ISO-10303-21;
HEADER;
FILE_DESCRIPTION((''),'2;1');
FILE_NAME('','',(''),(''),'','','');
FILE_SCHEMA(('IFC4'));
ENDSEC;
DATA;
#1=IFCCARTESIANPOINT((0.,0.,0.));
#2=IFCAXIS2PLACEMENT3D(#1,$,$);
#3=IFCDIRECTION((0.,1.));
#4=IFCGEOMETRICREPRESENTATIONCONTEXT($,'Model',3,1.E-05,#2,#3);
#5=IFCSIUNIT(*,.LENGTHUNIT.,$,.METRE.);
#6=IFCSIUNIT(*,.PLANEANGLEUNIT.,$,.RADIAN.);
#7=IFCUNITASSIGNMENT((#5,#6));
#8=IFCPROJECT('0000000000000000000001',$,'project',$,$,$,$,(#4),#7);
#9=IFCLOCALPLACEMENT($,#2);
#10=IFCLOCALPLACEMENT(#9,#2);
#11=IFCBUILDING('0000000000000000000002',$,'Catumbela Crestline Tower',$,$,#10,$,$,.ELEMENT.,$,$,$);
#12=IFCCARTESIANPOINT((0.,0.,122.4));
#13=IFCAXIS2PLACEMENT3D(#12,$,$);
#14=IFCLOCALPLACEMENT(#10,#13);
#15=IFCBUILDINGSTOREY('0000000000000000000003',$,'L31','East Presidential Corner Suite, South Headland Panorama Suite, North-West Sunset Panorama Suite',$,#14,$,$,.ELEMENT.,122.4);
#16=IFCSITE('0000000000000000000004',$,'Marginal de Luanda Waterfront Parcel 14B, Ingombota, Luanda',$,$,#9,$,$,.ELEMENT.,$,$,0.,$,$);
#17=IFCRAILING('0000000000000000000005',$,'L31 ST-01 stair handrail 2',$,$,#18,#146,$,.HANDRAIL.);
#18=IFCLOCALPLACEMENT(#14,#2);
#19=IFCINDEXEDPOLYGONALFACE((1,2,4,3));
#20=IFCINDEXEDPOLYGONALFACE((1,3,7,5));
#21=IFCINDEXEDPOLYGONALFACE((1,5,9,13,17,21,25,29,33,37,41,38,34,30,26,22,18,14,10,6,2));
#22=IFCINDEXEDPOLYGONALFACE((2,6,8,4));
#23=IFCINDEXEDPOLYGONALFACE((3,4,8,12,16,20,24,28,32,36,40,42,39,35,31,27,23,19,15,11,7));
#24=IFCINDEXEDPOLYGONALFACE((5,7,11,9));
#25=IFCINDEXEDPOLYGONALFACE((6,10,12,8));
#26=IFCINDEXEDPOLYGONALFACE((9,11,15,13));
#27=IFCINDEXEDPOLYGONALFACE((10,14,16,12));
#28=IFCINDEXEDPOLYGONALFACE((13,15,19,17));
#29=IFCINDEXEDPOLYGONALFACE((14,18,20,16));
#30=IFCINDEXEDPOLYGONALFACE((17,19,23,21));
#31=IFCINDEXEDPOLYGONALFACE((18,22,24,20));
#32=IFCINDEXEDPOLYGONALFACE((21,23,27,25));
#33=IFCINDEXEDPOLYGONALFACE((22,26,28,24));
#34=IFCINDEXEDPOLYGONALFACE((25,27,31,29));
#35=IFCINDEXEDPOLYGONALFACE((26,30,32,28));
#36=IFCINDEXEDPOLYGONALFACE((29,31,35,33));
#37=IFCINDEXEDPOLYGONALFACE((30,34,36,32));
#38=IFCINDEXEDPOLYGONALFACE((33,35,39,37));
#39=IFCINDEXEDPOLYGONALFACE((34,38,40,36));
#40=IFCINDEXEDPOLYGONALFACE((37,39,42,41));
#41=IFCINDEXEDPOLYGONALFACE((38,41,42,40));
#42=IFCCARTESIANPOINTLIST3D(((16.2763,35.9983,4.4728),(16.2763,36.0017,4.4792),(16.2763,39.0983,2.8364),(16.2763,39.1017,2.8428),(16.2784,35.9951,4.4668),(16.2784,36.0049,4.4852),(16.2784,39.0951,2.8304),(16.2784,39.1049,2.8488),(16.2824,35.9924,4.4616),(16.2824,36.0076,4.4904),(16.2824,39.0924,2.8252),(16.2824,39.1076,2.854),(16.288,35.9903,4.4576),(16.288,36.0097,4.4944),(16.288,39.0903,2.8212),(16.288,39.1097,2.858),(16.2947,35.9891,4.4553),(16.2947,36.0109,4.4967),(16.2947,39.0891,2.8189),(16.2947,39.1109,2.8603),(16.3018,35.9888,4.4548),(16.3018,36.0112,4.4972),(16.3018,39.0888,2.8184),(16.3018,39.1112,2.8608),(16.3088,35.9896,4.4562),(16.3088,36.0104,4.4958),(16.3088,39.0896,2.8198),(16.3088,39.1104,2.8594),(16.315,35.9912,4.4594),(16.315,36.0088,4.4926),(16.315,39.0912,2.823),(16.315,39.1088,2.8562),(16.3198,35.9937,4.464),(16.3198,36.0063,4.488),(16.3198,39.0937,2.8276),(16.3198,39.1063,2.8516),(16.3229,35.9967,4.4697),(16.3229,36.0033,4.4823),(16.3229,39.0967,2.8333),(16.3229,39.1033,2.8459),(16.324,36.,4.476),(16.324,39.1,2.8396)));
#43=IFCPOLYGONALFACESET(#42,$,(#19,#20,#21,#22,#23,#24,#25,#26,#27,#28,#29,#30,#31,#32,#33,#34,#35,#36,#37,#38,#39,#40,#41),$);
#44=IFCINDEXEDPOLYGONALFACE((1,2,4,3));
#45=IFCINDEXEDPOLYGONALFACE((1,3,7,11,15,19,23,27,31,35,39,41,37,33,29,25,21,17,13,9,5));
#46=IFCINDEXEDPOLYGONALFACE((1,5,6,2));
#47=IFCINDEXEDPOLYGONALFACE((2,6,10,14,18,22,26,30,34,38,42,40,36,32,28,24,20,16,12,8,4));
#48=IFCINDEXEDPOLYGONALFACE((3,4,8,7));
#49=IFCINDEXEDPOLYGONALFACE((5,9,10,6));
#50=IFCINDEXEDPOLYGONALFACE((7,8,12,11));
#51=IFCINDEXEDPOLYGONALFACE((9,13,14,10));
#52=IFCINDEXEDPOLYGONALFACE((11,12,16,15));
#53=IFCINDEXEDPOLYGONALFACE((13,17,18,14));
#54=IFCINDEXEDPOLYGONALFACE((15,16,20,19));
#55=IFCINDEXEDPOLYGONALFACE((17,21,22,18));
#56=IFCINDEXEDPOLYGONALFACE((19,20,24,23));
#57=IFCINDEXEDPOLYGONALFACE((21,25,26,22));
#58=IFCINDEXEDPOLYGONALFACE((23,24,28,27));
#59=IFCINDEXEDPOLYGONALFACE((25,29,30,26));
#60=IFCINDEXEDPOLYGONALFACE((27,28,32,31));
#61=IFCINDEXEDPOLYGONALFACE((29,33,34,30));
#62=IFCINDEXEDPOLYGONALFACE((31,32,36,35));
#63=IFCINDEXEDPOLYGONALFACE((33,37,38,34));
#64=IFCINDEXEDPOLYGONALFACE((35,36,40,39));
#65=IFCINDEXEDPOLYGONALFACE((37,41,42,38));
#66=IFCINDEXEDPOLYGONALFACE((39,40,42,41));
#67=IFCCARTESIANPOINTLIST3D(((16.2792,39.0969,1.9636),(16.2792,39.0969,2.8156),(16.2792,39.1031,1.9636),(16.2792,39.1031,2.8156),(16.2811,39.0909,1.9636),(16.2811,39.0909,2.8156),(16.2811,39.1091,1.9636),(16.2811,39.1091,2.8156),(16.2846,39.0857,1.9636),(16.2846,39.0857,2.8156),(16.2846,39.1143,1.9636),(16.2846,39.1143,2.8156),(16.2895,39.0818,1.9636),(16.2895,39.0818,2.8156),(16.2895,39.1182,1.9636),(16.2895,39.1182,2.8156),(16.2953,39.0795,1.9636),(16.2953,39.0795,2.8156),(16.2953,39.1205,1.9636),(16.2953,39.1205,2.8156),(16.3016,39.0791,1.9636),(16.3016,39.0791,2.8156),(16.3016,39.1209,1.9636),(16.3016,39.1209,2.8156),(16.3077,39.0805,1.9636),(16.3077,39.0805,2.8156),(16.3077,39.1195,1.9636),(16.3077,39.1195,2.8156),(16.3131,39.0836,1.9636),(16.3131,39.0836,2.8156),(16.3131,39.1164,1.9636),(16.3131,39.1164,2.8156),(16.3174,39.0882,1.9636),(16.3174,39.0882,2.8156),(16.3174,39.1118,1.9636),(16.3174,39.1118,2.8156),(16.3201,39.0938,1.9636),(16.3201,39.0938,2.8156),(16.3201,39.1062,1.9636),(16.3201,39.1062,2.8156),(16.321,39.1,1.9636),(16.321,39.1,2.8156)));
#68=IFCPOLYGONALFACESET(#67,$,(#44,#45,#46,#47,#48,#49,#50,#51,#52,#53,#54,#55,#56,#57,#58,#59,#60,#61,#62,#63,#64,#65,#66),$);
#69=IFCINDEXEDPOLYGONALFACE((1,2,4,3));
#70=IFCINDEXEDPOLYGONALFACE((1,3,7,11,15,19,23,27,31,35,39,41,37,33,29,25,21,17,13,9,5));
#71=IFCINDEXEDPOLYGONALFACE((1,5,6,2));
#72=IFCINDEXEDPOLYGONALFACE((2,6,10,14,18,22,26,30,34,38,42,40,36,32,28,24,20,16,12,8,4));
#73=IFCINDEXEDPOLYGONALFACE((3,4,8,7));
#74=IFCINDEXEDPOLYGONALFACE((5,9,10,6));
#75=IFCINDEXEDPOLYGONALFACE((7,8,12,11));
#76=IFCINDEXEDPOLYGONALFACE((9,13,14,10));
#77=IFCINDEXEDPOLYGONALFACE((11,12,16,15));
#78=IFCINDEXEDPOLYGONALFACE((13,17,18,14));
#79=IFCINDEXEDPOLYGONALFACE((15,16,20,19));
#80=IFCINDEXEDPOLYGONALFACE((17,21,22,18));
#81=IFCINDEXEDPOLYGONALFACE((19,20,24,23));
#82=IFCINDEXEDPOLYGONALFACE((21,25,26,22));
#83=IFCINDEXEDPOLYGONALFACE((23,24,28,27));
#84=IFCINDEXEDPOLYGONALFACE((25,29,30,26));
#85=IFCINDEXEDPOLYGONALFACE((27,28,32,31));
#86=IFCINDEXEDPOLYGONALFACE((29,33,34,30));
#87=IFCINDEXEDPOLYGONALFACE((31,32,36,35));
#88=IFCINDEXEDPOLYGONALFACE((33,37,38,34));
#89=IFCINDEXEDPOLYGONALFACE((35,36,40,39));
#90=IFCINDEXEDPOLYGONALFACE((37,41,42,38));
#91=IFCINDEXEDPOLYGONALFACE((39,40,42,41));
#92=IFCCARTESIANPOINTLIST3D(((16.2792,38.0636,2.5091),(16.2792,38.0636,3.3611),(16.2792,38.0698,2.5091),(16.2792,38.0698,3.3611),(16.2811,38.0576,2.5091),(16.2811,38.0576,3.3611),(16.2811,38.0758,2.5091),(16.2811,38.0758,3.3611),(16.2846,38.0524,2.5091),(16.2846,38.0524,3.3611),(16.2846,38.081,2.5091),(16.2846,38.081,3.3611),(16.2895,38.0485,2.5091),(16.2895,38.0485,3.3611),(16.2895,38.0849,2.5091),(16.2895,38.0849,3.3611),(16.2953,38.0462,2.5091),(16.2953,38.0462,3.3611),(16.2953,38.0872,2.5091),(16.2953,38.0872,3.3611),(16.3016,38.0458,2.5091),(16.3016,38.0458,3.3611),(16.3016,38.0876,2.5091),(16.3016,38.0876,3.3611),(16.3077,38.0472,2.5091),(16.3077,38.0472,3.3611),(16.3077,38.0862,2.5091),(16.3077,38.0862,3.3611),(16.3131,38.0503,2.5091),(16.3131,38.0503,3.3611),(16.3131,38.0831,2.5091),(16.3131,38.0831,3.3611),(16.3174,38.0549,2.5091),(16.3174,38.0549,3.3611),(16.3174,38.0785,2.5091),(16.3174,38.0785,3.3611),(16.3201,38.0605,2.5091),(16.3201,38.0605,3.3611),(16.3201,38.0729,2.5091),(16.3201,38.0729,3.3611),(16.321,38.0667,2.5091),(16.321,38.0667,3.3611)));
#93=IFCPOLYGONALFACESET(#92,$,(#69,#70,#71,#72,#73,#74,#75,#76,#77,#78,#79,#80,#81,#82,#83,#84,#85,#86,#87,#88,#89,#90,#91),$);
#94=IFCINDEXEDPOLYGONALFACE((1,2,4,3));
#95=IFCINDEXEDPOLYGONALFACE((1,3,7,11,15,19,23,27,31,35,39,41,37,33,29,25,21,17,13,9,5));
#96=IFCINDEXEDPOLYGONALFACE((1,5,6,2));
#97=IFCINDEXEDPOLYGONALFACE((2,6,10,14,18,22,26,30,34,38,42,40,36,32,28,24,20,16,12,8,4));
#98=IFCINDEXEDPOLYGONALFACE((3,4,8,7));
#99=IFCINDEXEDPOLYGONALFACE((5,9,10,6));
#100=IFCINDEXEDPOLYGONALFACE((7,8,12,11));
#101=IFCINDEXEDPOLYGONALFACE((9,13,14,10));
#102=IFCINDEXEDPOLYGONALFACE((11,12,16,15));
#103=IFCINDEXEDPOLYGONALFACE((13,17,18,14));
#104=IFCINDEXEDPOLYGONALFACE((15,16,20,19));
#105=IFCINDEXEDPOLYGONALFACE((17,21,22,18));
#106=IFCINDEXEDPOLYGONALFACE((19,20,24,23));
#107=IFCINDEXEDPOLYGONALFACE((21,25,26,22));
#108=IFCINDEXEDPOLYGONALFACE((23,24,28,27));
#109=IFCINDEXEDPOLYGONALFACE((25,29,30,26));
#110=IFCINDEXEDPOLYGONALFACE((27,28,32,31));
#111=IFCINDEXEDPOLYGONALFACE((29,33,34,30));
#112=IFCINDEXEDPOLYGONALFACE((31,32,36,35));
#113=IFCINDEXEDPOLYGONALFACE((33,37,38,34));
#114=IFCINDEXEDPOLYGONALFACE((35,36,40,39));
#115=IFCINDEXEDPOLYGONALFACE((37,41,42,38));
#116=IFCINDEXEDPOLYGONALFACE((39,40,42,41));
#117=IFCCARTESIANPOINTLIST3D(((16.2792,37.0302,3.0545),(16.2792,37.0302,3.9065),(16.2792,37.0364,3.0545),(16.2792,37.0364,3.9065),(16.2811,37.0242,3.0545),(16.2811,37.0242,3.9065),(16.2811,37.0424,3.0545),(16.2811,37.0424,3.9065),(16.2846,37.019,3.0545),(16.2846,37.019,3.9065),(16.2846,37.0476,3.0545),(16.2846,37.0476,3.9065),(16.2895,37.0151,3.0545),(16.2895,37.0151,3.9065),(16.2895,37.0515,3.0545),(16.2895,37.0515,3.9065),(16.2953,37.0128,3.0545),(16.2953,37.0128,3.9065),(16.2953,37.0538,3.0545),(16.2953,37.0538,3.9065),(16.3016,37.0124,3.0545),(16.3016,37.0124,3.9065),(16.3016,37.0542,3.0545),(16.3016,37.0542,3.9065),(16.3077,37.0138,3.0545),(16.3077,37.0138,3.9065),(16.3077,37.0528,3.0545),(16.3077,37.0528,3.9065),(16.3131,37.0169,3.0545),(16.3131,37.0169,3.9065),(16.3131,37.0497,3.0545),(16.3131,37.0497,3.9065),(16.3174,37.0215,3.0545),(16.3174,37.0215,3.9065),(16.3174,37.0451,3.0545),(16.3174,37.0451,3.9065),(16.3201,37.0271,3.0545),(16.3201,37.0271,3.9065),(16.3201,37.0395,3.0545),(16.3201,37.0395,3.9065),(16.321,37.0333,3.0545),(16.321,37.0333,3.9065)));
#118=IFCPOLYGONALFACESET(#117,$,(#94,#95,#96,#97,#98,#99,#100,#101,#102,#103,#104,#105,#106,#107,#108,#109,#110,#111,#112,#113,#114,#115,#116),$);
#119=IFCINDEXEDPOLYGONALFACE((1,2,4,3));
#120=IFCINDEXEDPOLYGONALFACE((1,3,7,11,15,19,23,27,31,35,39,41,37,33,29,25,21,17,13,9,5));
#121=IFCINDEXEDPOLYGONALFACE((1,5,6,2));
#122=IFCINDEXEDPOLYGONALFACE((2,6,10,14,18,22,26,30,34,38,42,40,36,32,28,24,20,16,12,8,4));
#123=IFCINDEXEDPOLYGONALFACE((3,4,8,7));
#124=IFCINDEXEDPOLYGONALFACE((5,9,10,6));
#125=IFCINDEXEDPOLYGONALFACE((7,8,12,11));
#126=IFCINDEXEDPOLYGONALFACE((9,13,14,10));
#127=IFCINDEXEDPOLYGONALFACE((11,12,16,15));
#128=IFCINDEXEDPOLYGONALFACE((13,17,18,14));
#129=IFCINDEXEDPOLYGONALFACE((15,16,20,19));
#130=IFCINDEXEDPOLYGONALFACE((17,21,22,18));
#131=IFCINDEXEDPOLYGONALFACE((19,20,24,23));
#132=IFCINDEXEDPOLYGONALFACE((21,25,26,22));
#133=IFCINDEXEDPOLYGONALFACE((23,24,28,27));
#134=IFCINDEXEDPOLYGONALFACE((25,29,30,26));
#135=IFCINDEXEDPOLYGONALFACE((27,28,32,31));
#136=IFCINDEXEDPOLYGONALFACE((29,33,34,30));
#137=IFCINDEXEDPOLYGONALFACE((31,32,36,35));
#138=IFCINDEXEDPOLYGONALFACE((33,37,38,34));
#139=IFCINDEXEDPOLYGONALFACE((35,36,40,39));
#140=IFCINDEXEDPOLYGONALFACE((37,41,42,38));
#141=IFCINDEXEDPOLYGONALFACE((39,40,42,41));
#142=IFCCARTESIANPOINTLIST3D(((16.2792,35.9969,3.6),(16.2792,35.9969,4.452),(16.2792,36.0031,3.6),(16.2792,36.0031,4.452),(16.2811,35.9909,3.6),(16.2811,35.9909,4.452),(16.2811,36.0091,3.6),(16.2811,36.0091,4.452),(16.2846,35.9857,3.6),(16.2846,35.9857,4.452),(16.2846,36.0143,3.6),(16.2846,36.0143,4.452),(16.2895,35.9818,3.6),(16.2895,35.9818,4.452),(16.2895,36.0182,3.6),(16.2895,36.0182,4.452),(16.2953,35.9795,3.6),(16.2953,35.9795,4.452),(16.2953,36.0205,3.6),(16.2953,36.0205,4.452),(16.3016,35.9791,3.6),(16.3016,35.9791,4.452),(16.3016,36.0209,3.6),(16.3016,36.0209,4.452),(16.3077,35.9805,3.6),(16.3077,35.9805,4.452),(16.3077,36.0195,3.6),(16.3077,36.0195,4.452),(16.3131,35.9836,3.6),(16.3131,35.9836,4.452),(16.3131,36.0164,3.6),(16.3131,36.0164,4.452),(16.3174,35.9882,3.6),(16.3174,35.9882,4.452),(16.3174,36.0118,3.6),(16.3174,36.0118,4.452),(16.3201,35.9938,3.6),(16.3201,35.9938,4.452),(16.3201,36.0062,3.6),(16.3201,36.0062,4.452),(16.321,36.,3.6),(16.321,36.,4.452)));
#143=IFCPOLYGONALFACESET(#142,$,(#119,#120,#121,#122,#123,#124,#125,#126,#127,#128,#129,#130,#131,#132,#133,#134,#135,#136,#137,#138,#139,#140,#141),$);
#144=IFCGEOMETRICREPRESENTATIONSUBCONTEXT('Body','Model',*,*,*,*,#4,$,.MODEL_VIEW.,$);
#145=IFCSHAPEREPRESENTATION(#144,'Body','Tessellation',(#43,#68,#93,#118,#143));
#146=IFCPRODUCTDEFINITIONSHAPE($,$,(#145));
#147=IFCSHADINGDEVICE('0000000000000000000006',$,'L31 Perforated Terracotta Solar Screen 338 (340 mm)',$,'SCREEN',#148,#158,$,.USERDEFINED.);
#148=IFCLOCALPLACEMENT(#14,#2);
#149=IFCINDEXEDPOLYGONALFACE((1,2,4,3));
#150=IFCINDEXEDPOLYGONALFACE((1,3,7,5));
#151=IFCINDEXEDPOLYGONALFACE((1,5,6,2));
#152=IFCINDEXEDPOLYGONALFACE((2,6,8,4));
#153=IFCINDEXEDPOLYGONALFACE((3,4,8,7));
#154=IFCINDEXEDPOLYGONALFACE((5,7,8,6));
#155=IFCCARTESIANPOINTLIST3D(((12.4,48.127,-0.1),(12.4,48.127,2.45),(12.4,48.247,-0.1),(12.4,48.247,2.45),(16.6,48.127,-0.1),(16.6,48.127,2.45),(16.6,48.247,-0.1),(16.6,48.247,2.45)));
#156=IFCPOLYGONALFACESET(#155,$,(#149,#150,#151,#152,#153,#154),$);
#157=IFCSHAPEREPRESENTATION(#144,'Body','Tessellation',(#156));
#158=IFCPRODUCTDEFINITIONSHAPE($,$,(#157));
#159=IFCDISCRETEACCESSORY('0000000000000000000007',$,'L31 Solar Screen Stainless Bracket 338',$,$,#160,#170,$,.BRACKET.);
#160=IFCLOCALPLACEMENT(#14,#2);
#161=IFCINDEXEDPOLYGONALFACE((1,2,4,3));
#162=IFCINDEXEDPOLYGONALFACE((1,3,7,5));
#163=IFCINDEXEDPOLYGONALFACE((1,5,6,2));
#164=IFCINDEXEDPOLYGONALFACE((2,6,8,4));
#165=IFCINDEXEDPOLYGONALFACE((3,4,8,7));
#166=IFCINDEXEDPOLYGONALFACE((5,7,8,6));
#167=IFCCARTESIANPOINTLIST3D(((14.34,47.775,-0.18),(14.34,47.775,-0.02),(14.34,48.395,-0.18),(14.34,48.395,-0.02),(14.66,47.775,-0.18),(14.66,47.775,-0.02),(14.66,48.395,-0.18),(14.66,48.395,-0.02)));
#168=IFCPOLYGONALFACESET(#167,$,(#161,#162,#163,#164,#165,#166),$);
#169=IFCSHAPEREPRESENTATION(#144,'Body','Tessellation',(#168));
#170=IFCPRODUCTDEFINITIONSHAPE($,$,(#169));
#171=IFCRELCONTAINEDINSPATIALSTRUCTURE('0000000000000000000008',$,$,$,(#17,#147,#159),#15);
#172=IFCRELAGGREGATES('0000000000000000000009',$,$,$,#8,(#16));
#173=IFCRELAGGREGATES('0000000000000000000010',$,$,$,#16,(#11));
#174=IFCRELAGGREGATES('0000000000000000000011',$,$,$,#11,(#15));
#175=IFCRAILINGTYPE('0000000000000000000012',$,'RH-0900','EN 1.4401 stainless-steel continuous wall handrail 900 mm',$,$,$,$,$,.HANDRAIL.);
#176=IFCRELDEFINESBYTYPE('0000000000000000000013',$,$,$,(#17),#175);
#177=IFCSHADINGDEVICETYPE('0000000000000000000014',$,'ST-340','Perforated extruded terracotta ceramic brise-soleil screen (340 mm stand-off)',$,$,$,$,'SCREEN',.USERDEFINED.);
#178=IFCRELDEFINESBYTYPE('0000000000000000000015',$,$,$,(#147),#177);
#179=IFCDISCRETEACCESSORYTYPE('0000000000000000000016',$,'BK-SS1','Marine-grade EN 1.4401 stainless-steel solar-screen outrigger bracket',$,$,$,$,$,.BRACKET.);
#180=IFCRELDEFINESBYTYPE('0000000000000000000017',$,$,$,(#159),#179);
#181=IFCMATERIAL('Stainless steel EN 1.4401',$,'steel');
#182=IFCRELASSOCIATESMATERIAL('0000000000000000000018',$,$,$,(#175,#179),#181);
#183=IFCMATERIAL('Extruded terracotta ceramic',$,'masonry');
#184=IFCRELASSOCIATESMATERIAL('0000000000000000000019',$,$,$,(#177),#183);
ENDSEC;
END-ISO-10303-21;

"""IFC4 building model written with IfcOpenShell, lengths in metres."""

from ifc_helpers import new_model, si_unit, direction, frame, origin, origin_2d, place, context, subcontext, project, spatial, rectangle, circle, extrude, material, type_object, element, save


model = new_model("IFC4")

# Units and contexts
model_context = context("Model", 3, precision=1e-05, world=origin(), true_north=direction((0.0, 1.0)))
body_context = subcontext(model_context, "Body", "Model", "MODEL_VIEW")
ifc_project = project(units=[si_unit("LENGTHUNIT", "METRE"), si_unit("PLANEANGLEUNIT", "RADIAN")], contexts=[model_context])

# Site, building, storey
site_placement = place(None, origin())
site = spatial("IfcSite", under=ifc_project, at=site_placement, Name="Marginal de Luanda Waterfront Parcel 14B, Ingombota, Luanda", CompositionType="ELEMENT", RefElevation=0.0)
building_placement = place(site_placement, origin())
building = spatial("IfcBuilding", under=site, at=building_placement, Name="Catumbela Crestline Tower", CompositionType="ELEMENT")
storey_placement = place(building_placement, frame((0.0, 0.0, 122.4)))
storey = spatial("IfcBuildingStorey", under=building, at=storey_placement, Name="L31", Description="East Presidential Corner Suite, South Headland Panorama Suite, North-West Sunset Panorama Suite", CompositionType="ELEMENT", Elevation=122.4)

# Railing
ifc_material_1 = material(Name="Stainless steel EN 1.4401", Category="steel")
railing_type_1 = type_object("IfcRailingType", Name="RH-0900", Description="EN 1.4401 stainless-steel continuous wall handrail 900 mm", PredefinedType="HANDRAIL", material=ifc_material_1)
railing_1_placement = place(storey_placement, frame((16.3, 39.1, 1.9636)))
element("IfcRailing", 1, at=railing_1_placement, inside=storey, type_object=railing_type_1, Name="L31 ST-01 stair handrail 2", PredefinedType="HANDRAIL", context=body_context, shape_type="SweptSolid", body=[
    extrude(circle(Radius=0.024, at=origin_2d()), frame((0.0, 0.0, 0.876), z_axis=(0.0, -0.884351, 0.466823), x_axis=(1.0, 0.0, 0.0)), (0.0, 0.0, 1.0), 3.5054),
    extrude(circle(Radius=0.021, at=origin_2d()), origin(), (0.0, 0.0, 1.0), 0.852),
    extrude(circle(Radius=0.021, at=origin_2d()), frame((0.0, -1.0333, 0.5455)), (0.0, 0.0, 1.0), 0.852),
    extrude(circle(Radius=0.021, at=origin_2d()), frame((0.0, -2.0667, 1.0909)), (0.0, 0.0, 1.0), 0.852),
    extrude(circle(Radius=0.021, at=origin_2d()), frame((0.0, -3.1, 1.6364)), (0.0, 0.0, 1.0), 0.852),
])

# Shading device
ifc_material_2 = material(Name="Extruded terracotta ceramic", Category="masonry")
shading_device_type = type_object("IfcShadingDeviceType", Name="ST-340", Description="Perforated extruded terracotta ceramic brise-soleil screen (340 mm stand-off)", ElementType="SCREEN", PredefinedType="USERDEFINED", material=ifc_material_2)
shading_device_placement = place(storey_placement, frame((14.5, 48.187, -0.1), z_axis=(0.0, 0.0, 1.0), x_axis=(-1.0, 0.0, 0.0)))
element("IfcShadingDevice", 2, at=shading_device_placement, inside=storey, type_object=shading_device_type, Name="L31 Perforated Terracotta Solar Screen 338 (340 mm)", ObjectType="SCREEN", PredefinedType="USERDEFINED", context=body_context, shape_type="SweptSolid", body=[
    extrude(rectangle(XDim=4.2, YDim=0.12, at=origin_2d()), origin(), (0.0, 0.0, 1.0), 2.55),
])

# Discrete accessory
discrete_accessory_type = type_object("IfcDiscreteAccessoryType", Name="BK-SS1", Description="Marine-grade EN 1.4401 stainless-steel solar-screen outrigger bracket", PredefinedType="BRACKET", material=ifc_material_1)
discrete_accessory_placement = place(storey_placement, frame((14.5, 48.085, -0.18), z_axis=(0.0, 0.0, 1.0), x_axis=(-1.0, 0.0, 0.0)))
element("IfcDiscreteAccessory", 3, at=discrete_accessory_placement, inside=storey, type_object=discrete_accessory_type, Name="L31 Solar Screen Stainless Bracket 338", PredefinedType="BRACKET", context=body_context, shape_type="SweptSolid", body=[
    extrude(rectangle(XDim=0.32, YDim=0.62, at=origin_2d()), origin(), (0.0, 0.0, 1.0), 0.16),
])

save(model, "model.ifc")
